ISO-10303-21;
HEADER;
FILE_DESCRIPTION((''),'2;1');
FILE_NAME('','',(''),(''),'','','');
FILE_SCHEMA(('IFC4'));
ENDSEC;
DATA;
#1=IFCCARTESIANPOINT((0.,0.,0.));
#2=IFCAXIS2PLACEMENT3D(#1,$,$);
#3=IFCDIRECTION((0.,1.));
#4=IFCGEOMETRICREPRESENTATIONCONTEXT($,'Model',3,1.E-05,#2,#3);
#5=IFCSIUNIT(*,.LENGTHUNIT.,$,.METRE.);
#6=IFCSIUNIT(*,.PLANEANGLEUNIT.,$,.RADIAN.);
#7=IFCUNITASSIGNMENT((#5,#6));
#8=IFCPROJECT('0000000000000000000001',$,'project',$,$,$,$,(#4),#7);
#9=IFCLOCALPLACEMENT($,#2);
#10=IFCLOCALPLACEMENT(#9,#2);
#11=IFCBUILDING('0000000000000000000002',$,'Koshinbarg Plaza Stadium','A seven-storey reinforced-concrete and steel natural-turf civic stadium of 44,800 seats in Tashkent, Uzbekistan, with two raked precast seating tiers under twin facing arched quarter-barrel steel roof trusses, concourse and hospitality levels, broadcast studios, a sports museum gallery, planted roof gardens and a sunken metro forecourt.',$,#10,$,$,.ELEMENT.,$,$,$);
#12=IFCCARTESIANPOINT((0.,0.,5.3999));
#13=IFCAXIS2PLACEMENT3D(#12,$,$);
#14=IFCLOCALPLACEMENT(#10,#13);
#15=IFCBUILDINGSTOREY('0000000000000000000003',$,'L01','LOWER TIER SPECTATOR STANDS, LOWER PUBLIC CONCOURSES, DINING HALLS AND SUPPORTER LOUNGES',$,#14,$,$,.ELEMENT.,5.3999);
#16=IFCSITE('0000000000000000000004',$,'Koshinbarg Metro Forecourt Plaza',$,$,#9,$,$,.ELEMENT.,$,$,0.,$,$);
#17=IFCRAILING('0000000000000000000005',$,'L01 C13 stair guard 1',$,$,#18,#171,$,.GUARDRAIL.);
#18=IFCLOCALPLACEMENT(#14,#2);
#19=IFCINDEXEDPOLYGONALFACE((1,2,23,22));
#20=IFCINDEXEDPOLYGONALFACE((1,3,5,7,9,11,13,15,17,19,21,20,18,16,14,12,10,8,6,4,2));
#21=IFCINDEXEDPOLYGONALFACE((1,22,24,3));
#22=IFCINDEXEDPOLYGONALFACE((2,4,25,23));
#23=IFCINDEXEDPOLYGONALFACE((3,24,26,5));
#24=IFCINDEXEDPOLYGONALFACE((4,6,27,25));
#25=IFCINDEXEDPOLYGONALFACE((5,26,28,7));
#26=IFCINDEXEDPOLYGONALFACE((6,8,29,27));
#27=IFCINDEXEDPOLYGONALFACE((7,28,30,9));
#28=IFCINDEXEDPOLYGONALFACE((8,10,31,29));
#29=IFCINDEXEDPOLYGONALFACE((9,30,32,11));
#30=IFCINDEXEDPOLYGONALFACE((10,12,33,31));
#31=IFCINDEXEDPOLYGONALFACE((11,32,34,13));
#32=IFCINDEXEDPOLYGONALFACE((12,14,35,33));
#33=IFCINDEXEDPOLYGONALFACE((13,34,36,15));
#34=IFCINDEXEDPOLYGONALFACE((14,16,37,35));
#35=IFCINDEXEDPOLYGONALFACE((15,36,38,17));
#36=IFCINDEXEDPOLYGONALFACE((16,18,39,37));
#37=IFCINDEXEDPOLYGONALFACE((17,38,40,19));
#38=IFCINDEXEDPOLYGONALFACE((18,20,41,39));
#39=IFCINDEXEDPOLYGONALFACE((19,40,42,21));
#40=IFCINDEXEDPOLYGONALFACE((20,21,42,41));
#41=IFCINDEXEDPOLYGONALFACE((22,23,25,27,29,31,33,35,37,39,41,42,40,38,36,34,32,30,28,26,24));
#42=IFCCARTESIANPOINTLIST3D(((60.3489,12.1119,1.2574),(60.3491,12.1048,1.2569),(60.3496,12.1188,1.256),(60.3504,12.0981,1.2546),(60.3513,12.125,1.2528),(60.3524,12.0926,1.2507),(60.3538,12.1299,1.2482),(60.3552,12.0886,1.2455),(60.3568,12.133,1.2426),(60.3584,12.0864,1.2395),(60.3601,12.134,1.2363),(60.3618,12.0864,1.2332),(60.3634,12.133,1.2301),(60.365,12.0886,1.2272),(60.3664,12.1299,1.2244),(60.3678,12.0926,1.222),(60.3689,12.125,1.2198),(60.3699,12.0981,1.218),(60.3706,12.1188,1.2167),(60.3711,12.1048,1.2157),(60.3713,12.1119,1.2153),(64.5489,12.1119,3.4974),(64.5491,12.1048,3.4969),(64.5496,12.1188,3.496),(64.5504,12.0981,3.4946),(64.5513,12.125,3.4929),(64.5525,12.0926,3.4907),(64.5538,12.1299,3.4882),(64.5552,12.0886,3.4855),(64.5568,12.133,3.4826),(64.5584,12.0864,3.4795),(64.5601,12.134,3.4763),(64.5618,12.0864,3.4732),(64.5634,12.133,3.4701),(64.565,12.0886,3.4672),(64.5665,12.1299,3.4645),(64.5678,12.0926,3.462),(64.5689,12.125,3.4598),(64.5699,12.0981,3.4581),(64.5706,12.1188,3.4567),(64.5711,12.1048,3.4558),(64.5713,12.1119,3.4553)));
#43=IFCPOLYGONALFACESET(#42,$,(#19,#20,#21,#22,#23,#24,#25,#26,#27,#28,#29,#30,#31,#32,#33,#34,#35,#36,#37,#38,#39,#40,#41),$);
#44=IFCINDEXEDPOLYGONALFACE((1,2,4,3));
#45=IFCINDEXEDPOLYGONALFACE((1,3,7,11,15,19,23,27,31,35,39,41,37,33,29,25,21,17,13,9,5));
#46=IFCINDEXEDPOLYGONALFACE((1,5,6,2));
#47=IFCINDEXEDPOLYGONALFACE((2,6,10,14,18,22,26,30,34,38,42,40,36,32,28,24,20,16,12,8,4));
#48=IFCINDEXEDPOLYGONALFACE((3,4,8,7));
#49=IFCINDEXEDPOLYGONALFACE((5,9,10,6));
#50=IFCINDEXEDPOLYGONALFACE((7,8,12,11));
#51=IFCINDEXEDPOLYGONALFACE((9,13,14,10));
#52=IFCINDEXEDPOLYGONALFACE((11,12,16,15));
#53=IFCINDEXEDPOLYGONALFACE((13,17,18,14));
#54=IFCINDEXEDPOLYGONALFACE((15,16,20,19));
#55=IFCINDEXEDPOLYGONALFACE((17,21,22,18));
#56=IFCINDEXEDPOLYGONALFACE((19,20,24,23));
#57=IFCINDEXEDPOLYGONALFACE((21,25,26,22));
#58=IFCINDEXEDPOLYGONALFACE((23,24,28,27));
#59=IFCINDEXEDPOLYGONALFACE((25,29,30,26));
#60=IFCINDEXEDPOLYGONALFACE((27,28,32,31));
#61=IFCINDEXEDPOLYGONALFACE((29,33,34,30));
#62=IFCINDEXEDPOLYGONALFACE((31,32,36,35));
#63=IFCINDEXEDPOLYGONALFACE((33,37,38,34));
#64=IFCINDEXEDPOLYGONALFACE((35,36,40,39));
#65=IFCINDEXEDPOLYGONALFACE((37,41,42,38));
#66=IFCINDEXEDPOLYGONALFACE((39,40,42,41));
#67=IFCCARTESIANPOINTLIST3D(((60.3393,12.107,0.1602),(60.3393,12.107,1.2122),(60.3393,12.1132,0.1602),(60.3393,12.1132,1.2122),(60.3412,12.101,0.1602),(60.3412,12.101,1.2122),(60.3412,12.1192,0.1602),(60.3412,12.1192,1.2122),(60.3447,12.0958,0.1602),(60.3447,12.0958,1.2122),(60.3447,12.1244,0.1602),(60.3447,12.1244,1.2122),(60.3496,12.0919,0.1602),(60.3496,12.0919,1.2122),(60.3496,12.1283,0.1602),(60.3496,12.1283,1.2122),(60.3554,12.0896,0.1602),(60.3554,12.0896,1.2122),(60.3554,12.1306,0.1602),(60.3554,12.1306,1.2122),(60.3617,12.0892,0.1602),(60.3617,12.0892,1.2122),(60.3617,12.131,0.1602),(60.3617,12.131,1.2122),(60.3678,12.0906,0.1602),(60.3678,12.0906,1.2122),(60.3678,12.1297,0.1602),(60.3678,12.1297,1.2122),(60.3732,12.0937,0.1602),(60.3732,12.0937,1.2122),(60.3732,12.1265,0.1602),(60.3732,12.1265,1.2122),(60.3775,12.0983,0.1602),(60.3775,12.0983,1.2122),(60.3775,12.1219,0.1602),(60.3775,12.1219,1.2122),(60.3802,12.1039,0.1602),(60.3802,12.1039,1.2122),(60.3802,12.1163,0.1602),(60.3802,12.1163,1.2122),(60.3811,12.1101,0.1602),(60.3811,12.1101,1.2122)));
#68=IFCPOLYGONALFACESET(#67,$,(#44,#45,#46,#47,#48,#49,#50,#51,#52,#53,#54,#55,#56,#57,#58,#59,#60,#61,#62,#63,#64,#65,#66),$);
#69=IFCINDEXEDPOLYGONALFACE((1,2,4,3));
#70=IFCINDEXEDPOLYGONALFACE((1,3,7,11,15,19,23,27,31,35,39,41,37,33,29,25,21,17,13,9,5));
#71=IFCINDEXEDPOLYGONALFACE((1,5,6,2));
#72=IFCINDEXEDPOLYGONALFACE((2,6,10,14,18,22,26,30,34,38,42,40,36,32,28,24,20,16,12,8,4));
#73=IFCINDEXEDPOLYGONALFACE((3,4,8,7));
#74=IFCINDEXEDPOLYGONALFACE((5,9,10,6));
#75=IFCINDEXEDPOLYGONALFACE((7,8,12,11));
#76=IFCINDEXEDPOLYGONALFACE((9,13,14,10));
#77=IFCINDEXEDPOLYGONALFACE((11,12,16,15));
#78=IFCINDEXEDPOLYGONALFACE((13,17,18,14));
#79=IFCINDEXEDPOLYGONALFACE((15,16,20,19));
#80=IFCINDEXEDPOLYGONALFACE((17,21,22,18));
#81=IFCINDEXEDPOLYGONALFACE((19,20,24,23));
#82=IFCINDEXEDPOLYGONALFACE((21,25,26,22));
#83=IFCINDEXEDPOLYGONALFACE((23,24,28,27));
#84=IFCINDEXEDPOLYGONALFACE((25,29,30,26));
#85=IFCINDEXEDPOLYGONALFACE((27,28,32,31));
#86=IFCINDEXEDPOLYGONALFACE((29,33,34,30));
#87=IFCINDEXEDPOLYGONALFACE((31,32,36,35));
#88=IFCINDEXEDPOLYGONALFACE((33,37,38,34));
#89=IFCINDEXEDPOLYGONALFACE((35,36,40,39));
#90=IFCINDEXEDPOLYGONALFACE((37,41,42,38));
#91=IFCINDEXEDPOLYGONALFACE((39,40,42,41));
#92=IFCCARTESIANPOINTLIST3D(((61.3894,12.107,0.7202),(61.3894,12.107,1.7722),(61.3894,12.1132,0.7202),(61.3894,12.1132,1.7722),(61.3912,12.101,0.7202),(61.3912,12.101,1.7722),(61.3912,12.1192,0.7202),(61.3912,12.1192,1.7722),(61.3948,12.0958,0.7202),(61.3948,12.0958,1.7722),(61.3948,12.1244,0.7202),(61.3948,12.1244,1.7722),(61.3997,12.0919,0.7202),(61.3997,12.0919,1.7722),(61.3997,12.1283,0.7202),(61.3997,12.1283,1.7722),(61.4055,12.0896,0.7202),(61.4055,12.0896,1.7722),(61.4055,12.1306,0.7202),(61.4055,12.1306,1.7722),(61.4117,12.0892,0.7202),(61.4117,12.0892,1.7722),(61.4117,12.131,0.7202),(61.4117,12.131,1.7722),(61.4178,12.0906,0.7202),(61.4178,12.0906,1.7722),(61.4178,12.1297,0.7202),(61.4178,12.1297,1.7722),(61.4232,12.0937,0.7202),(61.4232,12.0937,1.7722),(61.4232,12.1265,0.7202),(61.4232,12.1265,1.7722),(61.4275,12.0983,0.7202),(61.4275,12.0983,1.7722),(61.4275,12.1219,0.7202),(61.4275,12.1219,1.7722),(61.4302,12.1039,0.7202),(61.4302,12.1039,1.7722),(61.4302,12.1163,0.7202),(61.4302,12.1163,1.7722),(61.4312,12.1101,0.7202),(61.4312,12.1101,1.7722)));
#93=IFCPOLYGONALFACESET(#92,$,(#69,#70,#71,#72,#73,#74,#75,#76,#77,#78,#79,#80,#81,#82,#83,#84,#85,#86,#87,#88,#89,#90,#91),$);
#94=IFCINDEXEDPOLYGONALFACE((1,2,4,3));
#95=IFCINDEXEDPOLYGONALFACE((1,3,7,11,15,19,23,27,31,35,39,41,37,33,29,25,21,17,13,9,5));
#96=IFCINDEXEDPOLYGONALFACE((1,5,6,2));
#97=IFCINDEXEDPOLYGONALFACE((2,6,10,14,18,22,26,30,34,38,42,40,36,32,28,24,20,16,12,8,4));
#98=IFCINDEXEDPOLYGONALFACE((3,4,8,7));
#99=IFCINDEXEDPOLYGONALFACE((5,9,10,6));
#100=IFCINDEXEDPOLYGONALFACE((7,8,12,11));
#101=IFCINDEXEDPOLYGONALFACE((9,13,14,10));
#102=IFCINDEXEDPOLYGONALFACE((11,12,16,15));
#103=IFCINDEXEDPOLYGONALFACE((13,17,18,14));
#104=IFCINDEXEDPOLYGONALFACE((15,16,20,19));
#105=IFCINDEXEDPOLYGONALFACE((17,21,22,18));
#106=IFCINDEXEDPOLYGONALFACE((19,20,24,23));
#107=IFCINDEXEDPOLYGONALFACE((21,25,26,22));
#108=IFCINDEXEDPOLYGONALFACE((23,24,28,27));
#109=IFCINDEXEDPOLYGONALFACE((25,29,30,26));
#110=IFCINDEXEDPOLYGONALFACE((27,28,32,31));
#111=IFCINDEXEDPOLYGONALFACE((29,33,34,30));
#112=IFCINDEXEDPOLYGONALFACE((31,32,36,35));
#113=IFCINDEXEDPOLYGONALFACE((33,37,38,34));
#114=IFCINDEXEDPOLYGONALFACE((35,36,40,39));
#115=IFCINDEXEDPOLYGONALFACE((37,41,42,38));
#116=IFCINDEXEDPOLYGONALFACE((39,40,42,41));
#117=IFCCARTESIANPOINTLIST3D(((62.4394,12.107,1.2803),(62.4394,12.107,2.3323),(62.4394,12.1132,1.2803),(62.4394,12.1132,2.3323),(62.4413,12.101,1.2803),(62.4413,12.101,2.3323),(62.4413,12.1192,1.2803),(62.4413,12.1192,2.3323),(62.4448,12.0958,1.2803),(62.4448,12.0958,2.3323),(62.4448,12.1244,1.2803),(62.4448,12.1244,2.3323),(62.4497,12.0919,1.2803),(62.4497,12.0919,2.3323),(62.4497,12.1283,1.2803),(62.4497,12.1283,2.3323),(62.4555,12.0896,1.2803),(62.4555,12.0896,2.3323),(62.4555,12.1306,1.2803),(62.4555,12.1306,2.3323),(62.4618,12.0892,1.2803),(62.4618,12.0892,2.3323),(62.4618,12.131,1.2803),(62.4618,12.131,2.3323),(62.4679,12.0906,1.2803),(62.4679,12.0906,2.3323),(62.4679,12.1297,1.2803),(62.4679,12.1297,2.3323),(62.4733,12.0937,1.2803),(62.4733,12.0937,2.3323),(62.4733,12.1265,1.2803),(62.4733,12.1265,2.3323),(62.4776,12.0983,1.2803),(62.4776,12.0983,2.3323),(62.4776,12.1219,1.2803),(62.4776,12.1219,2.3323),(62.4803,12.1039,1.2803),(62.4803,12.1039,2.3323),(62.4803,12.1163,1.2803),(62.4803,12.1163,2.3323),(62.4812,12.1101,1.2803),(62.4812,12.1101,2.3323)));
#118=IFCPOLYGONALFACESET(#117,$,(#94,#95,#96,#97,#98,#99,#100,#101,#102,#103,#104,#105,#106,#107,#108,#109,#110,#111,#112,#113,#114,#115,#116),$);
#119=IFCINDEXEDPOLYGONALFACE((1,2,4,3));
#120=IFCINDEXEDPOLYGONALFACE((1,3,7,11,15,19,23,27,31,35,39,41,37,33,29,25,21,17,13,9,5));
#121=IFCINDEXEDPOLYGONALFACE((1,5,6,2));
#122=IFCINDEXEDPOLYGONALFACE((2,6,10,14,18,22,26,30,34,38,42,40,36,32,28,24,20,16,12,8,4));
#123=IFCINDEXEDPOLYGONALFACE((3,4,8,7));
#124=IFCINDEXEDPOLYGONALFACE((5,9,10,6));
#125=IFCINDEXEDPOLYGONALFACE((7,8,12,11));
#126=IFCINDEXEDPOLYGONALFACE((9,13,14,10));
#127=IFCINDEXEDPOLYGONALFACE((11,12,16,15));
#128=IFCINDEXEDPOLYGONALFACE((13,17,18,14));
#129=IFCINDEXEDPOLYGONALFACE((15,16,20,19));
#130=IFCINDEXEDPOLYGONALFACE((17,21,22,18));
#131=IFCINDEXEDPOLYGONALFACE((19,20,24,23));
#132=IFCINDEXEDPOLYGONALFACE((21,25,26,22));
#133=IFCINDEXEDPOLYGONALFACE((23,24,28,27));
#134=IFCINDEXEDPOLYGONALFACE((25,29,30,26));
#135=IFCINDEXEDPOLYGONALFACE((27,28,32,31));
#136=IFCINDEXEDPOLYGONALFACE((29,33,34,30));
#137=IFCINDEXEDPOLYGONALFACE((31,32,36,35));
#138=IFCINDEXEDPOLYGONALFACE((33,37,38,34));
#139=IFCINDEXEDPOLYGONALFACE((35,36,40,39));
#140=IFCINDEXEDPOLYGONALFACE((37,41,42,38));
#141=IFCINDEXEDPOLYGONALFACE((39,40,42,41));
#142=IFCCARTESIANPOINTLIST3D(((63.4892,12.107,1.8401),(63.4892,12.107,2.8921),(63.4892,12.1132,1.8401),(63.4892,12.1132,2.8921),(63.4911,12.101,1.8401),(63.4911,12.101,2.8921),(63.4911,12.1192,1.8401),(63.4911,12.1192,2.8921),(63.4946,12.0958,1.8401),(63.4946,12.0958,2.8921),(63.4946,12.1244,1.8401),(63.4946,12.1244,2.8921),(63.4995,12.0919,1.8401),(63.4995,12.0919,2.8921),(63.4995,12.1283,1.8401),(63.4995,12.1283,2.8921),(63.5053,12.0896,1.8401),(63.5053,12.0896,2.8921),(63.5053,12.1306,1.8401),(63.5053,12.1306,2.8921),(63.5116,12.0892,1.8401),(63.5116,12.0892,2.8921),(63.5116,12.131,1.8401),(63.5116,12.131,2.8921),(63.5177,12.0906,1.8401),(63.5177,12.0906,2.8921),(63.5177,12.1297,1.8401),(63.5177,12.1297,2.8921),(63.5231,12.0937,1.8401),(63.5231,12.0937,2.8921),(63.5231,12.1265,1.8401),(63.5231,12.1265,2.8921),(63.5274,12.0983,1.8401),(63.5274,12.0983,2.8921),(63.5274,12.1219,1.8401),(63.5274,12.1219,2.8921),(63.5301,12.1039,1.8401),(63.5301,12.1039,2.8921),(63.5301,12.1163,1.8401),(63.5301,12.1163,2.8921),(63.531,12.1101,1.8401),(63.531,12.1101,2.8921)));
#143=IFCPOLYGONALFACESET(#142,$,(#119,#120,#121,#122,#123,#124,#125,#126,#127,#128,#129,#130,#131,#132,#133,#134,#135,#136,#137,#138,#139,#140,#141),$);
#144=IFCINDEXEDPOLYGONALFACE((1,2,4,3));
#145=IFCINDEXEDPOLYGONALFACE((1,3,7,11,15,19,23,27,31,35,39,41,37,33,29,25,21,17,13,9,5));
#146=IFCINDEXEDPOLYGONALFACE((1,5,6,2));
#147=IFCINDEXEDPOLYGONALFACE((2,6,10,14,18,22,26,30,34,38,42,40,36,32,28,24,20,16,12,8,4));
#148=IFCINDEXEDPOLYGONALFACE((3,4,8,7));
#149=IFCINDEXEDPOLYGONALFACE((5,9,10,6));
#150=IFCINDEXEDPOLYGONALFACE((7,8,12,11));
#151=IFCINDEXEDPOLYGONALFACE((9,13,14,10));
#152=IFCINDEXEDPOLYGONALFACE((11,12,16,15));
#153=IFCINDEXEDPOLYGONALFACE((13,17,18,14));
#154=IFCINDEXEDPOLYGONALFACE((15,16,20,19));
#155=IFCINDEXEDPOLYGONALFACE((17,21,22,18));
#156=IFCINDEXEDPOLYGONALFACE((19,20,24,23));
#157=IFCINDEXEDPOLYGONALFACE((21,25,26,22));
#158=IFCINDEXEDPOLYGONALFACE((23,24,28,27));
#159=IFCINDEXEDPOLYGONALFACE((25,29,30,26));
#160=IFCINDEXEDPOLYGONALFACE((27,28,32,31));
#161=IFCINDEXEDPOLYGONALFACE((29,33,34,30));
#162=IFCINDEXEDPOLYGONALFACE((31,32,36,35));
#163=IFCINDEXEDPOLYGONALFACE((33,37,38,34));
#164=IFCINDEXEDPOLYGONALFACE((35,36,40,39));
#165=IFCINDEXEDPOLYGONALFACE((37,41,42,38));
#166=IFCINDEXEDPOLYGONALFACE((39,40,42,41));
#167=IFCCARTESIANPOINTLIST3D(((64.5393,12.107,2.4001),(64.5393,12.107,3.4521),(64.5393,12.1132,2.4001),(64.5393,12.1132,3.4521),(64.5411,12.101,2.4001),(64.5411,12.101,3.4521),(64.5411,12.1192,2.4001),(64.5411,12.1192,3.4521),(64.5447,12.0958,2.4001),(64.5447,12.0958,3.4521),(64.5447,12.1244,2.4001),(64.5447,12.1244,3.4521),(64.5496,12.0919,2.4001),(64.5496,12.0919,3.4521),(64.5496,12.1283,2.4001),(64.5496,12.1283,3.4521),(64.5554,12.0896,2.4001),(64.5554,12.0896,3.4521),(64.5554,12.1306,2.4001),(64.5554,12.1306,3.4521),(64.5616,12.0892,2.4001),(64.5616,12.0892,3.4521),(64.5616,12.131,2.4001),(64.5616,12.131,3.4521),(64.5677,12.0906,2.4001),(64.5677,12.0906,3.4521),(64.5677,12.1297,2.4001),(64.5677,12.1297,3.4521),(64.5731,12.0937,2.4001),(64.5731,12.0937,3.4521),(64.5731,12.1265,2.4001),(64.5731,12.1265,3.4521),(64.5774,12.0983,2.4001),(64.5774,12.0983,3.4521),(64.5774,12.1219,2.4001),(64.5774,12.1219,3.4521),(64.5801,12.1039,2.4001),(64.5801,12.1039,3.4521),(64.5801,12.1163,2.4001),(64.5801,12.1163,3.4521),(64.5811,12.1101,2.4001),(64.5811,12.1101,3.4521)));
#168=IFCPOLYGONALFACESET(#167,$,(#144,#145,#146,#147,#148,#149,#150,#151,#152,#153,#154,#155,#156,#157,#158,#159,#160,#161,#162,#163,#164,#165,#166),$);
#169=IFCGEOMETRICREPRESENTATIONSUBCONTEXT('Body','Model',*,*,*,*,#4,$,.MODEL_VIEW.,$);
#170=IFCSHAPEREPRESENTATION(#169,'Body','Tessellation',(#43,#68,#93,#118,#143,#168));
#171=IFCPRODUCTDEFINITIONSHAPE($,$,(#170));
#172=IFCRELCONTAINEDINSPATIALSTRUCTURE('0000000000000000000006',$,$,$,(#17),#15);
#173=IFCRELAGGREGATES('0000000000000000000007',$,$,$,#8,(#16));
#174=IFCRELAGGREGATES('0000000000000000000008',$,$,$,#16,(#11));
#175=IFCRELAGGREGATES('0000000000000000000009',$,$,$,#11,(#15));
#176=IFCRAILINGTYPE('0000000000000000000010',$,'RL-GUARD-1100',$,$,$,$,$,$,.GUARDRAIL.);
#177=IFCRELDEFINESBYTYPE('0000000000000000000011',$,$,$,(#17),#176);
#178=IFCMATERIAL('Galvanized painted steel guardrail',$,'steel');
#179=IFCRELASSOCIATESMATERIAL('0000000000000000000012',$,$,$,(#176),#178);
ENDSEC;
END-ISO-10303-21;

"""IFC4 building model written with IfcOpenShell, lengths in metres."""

from ifc_helpers import new_model, si_unit, direction, frame, origin, origin_2d, place, context, subcontext, project, spatial, circle, extrude, material, type_object, element, save


model = new_model("IFC4")

# Units and contexts
model_context = context("Model", 3, precision=1e-05, world=origin(), true_north=direction((0.0, 1.0)))
body_context = subcontext(model_context, "Body", "Model", "MODEL_VIEW")
ifc_project = project(units=[si_unit("LENGTHUNIT", "METRE"), si_unit("PLANEANGLEUNIT", "RADIAN")], contexts=[model_context])

# Site, building, storey
site_placement = place(None, origin())
site = spatial("IfcSite", under=ifc_project, at=site_placement, Name="Koshinbarg Metro Forecourt Plaza", CompositionType="ELEMENT", RefElevation=0.0)
building_placement = place(site_placement, origin())
building = spatial("IfcBuilding", under=site, at=building_placement, Name="Koshinbarg Plaza Stadium", Description="A seven-storey reinforced-concrete and steel natural-turf civic stadium of 44,800 seats in Tashkent, Uzbekistan, with two raked precast seating tiers under twin facing arched quarter-barrel steel roof trusses, concourse and hospitality levels, broadcast studios, a sports museum gallery, planted roof gardens and a sunken metro forecourt.", CompositionType="ELEMENT")
storey_placement = place(building_placement, frame((0.0, 0.0, 5.3999)))
storey = spatial("IfcBuildingStorey", under=building, at=storey_placement, Name="L01", Description="LOWER TIER SPECTATOR STANDS, LOWER PUBLIC CONCOURSES, DINING HALLS AND SUPPORTER LOUNGES", CompositionType="ELEMENT", Elevation=5.3999)

# Railing
ifc_material_1 = material(Name="Galvanized painted steel guardrail", Category="steel")
railing_type_1 = type_object("IfcRailingType", Name="RL-GUARD-1100", PredefinedType="GUARDRAIL", material=ifc_material_1)
railing_1_placement = place(storey_placement, frame((60.3601, 12.1101, 0.1602)))
element("IfcRailing", 1, at=railing_1_placement, inside=storey, type_object=railing_type_1, Name="L01 C13 stair guard 1", PredefinedType="GUARDRAIL", context=body_context, shape_type="SweptSolid", body=[
    extrude(circle(Radius=0.0239, at=origin_2d()), frame((0.0, 0.0, 1.0762), z_axis=(0.882352, 0.0, 0.470591), x_axis=(0.0, 1.0, 0.0)), (0.0, 0.0, 1.0), 4.76),
    extrude(circle(Radius=0.021, at=origin_2d()), origin(), (0.0, 0.0, 1.0), 1.052),
    extrude(circle(Radius=0.021, at=origin_2d()), frame((1.05, 0.0, 0.5601)), (0.0, 0.0, 1.0), 1.052),
    extrude(circle(Radius=0.021, at=origin_2d()), frame((2.1001, 0.0, 1.1201)), (0.0, 0.0, 1.0), 1.052),
    extrude(circle(Radius=0.021, at=origin_2d()), frame((3.1499, 0.0, 1.6799)), (0.0, 0.0, 1.0), 1.052),
    extrude(circle(Radius=0.021, at=origin_2d()), frame((4.2, 0.0, 2.24)), (0.0, 0.0, 1.0), 1.052),
])

save(model, "model.ifc")
